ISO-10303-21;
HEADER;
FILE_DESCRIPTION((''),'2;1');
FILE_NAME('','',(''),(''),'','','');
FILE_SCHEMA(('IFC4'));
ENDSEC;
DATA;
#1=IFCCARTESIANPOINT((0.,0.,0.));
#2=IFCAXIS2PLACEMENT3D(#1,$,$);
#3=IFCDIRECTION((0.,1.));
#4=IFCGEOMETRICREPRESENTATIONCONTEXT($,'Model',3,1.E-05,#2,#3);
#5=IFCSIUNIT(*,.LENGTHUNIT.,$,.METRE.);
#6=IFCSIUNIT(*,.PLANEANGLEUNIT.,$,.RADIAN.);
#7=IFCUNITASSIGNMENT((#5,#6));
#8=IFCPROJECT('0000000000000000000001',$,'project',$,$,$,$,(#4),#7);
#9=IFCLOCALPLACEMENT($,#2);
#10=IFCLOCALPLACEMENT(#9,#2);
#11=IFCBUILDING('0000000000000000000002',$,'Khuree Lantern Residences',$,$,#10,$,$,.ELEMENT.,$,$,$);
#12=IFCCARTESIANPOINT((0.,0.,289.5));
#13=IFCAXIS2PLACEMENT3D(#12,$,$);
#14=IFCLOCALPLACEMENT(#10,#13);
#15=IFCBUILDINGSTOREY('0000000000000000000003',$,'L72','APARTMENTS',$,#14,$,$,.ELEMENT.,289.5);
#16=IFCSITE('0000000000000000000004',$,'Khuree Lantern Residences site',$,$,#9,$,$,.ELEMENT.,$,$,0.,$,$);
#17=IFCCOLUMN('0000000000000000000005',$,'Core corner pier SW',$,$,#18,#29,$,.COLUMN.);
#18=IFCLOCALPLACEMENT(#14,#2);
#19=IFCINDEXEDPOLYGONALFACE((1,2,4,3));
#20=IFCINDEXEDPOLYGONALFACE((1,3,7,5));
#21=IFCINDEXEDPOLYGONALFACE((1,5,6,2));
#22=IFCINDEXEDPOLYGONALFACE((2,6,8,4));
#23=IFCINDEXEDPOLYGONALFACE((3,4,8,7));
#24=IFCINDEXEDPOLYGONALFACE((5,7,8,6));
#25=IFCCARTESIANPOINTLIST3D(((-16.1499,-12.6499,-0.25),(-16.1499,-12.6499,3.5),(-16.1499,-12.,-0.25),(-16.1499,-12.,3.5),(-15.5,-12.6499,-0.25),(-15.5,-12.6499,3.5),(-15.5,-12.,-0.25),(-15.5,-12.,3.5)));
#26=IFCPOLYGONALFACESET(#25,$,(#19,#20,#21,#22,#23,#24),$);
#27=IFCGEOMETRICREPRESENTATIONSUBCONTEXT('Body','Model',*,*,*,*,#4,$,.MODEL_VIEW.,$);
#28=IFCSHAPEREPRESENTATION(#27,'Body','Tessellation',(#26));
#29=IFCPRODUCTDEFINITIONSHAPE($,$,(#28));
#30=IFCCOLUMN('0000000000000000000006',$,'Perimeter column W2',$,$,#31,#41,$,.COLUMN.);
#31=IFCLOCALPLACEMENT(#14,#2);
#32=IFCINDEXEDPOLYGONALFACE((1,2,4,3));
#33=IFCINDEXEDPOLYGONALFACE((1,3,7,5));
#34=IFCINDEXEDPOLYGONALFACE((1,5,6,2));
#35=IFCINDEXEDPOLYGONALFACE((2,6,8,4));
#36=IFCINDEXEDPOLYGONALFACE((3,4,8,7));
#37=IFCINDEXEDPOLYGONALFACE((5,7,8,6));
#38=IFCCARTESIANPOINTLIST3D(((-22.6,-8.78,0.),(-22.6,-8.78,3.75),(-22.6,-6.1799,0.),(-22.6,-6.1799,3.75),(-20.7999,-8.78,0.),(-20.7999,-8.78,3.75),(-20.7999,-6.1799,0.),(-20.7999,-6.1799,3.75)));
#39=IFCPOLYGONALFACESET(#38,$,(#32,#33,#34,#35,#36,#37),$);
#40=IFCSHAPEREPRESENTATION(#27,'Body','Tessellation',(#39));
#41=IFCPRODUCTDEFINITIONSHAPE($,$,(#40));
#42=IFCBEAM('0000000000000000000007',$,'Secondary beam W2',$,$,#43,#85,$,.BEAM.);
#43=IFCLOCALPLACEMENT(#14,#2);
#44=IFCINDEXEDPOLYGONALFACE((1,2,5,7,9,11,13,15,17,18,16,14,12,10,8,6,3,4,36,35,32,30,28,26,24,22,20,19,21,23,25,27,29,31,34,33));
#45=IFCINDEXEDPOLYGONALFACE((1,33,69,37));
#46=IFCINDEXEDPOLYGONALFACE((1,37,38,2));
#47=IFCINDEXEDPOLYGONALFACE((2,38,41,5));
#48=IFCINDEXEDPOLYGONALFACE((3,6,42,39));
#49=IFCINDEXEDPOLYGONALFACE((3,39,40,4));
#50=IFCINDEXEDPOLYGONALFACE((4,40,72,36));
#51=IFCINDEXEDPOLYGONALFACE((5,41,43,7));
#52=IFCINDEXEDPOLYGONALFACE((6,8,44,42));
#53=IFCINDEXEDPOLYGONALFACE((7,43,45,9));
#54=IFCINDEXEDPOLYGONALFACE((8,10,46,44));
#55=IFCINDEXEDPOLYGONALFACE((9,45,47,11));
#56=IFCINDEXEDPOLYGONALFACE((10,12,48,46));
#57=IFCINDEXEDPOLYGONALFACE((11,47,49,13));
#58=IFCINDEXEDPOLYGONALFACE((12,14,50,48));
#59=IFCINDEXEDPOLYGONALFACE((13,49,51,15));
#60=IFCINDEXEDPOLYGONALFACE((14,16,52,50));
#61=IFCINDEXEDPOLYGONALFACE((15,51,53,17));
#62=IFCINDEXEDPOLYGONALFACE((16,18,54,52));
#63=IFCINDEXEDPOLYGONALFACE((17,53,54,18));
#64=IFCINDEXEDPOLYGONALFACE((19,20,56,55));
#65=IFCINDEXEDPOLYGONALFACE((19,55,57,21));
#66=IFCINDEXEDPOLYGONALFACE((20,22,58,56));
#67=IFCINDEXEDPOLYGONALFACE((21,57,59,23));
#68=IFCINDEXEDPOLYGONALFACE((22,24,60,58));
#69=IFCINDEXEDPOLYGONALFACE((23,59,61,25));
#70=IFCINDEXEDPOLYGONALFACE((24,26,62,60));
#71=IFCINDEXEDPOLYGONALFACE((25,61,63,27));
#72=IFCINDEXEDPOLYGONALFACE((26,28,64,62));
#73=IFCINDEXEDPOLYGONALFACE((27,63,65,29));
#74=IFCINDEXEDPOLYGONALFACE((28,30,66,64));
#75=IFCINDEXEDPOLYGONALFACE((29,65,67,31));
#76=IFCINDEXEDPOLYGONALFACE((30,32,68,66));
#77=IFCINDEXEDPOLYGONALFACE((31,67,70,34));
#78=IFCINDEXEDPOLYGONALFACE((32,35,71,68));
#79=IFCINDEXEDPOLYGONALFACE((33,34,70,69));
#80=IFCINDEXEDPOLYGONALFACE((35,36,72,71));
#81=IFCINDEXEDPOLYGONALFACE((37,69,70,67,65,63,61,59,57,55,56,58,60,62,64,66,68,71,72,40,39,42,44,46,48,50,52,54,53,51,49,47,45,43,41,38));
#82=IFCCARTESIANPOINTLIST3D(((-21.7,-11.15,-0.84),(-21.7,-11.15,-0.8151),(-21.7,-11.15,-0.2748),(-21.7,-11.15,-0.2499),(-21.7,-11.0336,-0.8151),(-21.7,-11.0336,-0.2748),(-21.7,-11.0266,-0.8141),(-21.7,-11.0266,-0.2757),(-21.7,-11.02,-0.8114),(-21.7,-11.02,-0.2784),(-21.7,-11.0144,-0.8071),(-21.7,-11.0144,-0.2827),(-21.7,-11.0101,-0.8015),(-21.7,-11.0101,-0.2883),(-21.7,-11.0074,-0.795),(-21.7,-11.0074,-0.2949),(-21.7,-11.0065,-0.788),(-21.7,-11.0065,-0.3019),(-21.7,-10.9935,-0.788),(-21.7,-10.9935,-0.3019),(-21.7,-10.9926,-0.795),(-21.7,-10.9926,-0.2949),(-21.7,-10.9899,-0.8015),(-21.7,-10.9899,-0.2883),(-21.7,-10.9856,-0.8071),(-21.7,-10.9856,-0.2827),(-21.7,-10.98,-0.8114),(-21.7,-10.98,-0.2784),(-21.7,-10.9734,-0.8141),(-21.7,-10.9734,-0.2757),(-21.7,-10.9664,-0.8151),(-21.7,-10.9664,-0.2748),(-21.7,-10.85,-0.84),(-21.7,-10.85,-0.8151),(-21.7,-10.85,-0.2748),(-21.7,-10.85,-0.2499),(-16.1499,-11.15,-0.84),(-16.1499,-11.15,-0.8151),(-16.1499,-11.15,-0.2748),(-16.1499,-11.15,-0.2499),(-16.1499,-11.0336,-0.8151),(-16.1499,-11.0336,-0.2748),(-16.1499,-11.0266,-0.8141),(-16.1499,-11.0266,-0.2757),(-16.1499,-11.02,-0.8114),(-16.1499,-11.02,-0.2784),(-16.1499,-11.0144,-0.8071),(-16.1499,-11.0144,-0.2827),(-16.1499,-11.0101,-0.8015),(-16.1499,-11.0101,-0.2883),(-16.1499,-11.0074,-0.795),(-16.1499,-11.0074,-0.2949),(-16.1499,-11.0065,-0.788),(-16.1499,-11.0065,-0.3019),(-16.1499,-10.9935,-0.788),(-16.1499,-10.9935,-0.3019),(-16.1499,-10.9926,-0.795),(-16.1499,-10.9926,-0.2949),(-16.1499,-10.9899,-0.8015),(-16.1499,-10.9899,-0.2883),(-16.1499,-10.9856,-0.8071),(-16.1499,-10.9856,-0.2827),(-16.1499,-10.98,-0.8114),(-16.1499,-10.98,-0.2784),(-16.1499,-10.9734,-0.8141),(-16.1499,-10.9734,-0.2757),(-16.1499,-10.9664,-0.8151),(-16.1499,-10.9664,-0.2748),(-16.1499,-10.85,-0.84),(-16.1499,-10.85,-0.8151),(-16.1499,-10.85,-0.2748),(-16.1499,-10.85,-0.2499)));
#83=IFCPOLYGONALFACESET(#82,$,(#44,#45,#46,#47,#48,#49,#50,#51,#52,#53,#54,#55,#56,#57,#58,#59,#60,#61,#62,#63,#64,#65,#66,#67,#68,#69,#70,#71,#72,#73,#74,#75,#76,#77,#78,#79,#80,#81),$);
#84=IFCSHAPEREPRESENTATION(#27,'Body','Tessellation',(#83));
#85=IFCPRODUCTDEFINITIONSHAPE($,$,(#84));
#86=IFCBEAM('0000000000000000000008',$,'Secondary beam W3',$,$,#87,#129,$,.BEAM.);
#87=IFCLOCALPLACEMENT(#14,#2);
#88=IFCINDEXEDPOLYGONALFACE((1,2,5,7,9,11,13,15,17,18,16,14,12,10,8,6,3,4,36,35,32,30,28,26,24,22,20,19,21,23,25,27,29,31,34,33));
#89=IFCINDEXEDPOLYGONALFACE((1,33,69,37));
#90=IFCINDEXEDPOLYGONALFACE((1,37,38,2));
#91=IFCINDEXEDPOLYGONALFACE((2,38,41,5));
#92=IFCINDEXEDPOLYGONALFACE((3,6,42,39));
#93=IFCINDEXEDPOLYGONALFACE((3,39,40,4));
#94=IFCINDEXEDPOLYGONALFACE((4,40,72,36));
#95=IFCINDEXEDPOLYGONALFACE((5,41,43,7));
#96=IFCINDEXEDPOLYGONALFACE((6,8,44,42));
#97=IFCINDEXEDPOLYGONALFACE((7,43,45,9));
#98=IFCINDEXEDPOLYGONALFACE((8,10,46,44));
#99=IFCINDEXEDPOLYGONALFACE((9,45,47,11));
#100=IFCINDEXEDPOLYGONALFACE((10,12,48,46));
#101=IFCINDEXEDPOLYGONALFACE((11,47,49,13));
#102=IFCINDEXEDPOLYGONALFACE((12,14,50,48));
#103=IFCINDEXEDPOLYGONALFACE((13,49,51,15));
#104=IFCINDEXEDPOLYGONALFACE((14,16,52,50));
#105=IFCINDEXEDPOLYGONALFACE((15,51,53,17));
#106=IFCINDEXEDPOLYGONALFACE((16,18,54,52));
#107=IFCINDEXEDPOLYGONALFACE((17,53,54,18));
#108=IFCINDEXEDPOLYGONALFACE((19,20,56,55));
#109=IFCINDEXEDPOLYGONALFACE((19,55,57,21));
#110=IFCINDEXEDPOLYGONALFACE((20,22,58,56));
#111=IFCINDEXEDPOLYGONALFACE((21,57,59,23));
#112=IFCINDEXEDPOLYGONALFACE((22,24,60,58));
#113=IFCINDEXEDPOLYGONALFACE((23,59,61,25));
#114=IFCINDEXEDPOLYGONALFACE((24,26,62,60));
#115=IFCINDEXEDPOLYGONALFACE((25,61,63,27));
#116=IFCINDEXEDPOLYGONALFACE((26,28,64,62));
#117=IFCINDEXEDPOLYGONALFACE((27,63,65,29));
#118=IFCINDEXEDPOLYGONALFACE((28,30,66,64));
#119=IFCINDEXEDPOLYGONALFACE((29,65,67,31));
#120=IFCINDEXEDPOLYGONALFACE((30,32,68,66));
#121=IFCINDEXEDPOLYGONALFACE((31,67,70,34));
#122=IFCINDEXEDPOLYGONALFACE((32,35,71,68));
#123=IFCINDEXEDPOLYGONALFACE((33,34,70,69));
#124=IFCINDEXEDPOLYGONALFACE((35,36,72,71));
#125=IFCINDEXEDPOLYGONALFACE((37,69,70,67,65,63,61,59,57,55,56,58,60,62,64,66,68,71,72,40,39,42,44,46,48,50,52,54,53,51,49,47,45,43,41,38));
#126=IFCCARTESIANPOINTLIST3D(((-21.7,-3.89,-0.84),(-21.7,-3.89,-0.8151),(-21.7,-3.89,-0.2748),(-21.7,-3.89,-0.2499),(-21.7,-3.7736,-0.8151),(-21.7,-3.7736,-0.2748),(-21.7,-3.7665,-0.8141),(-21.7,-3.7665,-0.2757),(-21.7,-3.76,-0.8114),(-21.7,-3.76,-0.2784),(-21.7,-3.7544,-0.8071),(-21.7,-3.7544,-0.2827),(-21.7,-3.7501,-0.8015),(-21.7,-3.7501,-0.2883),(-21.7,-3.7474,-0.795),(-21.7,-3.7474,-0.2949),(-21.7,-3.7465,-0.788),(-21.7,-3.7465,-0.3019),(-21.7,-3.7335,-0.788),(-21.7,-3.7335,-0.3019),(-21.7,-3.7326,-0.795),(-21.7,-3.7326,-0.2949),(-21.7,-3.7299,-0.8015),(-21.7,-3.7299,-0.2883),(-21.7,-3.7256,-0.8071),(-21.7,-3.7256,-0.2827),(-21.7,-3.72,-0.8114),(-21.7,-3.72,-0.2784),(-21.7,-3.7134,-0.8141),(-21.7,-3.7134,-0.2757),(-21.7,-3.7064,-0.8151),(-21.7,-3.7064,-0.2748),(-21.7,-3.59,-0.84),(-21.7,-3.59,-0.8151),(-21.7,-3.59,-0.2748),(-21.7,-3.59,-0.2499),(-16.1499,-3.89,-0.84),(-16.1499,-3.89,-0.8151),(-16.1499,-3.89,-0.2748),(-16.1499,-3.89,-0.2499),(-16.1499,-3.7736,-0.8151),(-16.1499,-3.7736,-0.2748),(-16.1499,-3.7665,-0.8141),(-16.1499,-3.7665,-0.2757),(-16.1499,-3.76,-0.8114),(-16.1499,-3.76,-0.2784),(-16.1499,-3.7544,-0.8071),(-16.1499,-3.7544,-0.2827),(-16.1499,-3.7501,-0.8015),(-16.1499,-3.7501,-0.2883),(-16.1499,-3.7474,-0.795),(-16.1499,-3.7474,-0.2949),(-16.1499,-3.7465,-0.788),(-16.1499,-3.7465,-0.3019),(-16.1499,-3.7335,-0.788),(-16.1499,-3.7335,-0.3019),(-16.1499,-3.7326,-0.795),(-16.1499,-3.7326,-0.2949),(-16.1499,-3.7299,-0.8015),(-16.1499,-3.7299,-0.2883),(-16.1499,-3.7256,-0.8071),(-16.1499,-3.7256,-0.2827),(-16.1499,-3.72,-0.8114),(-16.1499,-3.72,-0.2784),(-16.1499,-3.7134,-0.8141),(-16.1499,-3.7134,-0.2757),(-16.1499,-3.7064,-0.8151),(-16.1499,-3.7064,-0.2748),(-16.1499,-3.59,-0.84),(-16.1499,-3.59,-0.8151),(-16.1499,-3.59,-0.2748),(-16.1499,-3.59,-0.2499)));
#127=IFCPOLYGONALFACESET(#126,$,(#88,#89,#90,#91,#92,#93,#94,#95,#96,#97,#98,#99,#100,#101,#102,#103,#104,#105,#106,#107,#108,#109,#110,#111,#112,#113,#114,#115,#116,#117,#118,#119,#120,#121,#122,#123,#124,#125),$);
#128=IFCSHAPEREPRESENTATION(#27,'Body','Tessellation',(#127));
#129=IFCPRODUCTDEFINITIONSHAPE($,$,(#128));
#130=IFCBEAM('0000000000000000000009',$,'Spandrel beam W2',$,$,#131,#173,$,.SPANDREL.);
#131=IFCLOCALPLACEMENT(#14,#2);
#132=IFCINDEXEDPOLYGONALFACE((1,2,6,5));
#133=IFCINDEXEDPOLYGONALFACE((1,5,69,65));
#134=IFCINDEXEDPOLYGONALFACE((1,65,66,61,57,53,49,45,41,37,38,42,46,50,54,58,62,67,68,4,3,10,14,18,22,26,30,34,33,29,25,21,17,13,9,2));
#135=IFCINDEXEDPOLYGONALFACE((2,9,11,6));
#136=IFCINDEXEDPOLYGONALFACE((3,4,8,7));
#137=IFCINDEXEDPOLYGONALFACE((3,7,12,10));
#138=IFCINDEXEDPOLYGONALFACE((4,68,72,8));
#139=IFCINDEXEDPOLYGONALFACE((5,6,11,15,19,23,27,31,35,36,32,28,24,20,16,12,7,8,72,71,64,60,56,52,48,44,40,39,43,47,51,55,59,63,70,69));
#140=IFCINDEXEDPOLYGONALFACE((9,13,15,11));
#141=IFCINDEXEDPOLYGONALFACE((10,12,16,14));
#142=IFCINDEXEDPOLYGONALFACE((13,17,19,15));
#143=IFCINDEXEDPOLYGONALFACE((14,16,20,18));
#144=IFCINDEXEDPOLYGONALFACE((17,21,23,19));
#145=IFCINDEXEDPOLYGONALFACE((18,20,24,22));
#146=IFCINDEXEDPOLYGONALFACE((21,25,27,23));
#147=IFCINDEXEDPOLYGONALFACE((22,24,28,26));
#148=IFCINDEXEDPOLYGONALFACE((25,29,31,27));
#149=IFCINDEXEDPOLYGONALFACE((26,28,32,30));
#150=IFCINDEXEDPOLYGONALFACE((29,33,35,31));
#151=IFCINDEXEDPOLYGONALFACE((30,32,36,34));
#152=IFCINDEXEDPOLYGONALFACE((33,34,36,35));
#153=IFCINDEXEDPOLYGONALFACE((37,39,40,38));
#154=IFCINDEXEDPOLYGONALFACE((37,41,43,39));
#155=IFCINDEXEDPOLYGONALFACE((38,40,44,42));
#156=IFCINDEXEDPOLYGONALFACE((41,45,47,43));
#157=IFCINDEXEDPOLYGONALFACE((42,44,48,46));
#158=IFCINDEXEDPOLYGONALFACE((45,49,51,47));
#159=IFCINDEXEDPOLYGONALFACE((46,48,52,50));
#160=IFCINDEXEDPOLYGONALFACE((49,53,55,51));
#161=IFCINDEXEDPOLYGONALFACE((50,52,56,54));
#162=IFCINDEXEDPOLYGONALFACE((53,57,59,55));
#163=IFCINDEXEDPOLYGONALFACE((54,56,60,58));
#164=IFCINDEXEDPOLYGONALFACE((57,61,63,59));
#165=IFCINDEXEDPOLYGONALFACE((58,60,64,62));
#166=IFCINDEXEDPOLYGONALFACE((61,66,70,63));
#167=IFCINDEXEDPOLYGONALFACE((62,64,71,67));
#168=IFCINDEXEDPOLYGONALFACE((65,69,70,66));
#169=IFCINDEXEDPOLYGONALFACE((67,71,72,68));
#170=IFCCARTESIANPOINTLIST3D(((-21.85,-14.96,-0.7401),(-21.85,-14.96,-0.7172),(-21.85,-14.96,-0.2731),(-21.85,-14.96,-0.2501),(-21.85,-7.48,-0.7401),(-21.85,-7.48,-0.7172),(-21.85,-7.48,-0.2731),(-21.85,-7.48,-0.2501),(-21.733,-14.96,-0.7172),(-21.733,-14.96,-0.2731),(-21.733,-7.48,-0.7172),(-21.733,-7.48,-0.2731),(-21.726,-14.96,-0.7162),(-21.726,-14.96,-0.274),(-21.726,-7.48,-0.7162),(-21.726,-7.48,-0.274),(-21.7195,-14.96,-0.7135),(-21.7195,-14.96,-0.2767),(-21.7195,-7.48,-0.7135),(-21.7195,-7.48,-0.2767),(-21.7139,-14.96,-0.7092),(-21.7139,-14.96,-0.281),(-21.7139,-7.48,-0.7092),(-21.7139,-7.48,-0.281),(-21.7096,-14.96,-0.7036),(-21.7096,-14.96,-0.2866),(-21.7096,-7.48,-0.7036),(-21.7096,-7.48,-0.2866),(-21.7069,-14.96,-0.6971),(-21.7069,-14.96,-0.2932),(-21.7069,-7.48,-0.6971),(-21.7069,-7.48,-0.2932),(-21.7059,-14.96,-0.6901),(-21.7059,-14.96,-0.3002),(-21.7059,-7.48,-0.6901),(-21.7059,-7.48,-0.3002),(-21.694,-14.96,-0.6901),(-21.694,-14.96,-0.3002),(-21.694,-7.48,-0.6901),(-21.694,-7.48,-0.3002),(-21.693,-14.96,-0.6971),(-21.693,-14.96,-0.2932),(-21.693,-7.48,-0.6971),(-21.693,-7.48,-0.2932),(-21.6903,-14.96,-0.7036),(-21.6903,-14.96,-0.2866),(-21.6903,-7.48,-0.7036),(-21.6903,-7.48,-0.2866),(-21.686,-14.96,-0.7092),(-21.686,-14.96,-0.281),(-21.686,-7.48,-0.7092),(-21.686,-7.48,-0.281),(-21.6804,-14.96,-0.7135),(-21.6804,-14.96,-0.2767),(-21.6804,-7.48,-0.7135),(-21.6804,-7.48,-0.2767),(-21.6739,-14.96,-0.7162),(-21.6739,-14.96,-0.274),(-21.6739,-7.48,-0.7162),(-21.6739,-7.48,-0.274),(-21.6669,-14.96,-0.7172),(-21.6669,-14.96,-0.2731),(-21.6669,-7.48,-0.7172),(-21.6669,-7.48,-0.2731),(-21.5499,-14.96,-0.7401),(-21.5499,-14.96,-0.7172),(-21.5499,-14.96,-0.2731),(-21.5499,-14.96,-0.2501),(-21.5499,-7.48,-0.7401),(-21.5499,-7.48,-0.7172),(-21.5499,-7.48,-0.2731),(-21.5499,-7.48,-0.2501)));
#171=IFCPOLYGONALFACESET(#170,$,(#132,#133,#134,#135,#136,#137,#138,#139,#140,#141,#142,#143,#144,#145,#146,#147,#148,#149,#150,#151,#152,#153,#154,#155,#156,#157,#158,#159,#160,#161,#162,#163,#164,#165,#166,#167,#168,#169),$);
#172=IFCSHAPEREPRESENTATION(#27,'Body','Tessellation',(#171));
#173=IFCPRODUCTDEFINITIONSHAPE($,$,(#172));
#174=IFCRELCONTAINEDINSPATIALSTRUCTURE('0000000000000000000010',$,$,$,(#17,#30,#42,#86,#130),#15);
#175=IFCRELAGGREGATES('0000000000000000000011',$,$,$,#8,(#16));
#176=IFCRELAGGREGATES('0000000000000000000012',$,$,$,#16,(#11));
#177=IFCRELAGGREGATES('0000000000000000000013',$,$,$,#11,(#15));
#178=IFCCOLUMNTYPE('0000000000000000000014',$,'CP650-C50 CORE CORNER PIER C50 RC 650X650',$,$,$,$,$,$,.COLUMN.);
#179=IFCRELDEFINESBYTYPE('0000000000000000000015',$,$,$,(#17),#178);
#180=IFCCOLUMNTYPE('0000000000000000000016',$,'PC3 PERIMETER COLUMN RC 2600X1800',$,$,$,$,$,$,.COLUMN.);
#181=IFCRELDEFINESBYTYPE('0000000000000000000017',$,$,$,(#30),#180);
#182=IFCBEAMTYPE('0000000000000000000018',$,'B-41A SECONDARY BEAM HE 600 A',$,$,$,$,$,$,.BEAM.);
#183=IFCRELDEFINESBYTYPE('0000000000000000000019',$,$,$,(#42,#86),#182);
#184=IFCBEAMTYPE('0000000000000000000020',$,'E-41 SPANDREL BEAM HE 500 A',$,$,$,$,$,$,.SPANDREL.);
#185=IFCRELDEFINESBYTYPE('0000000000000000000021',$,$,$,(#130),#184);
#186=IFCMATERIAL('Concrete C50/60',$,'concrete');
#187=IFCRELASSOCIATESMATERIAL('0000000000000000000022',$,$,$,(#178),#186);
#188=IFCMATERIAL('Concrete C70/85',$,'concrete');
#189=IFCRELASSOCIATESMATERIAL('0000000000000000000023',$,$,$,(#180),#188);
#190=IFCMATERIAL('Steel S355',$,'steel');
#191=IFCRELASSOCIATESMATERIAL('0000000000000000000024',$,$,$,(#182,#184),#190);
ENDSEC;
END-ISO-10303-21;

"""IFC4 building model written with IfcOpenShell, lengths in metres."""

from ifc_helpers import new_model, si_unit, direction, frame, origin, origin_2d, place, context, subcontext, project, spatial, rectangle, i_section, extrude, material, material_profile, profile_set, type_object, element, save


model = new_model("IFC4")

# Units and contexts
model_context = context("Model", 3, precision=1e-05, world=origin(), true_north=direction((0.0, 1.0)))
body_context = subcontext(model_context, "Body", "Model", "MODEL_VIEW")
ifc_project = project(units=[si_unit("LENGTHUNIT", "METRE"), si_unit("PLANEANGLEUNIT", "RADIAN")], contexts=[model_context])

# Site, building, storey
site_placement = place(None, origin())
site = spatial("IfcSite", under=ifc_project, at=site_placement, Name="Khuree Lantern Residences site", CompositionType="ELEMENT", RefElevation=0.0)
building_placement = place(site_placement, origin())
building = spatial("IfcBuilding", under=site, at=building_placement, Name="Khuree Lantern Residences", CompositionType="ELEMENT")
storey_placement = place(building_placement, frame((0.0, 0.0, 289.5)))
storey = spatial("IfcBuildingStorey", under=building, at=storey_placement, Name="L72", Description="APARTMENTS", CompositionType="ELEMENT", Elevation=289.5)

# Columns
ifc_material_1 = material(Name="Concrete C50/60", Category="concrete")
ifc_material_profile_1 = material_profile(ifc_material_1, rectangle(XDim=0.6499, YDim=0.6499, at=origin_2d()), Name="RC 650X650")
ifc_profile_set_1 = profile_set([ifc_material_profile_1], Name="Concrete C50/60")
column_type_1 = type_object("IfcColumnType", Name="CP650-C50 CORE CORNER PIER C50 RC 650X650", PredefinedType="COLUMN", material=ifc_profile_set_1)
column_1_placement = place(storey_placement, frame((-15.825, -12.325, -0.25), z_axis=(0.0, 0.0, 1.0), x_axis=(1.0, 0.0, 0.0)))
element("IfcColumn", 1, at=column_1_placement, inside=storey, type_object=column_type_1, Name="Core corner pier SW", PredefinedType="COLUMN", context=body_context, shape_type="SweptSolid", body=[
    extrude(rectangle(XDim=0.6499, YDim=0.6499, at=origin_2d()), origin(), (0.0, 0.0, 1.0), 3.75),
])
ifc_material_2 = material(Name="Concrete C70/85", Category="concrete")
ifc_material_profile_2 = material_profile(ifc_material_2, rectangle(XDim=2.6001, YDim=1.8, at=origin_2d()), Name="RC 2600X1800")
ifc_profile_set_2 = profile_set([ifc_material_profile_2], Name="Concrete C70/85")
column_type_2 = type_object("IfcColumnType", Name="PC3 PERIMETER COLUMN RC 2600X1800", PredefinedType="COLUMN", material=ifc_profile_set_2)
column_2_placement = place(storey_placement, frame((-21.7, -7.48, 0.0), z_axis=(0.0, 0.0, 1.0), x_axis=(0.0, 1.0, 0.0)))
element("IfcColumn", 2, at=column_2_placement, inside=storey, type_object=column_type_2, Name="Perimeter column W2", PredefinedType="COLUMN", context=body_context, shape_type="SweptSolid", body=[
    extrude(rectangle(XDim=2.6001, YDim=1.8, at=origin_2d()), origin(), (0.0, 0.0, 1.0), 3.75),
])

# Beams
ifc_material_3 = material(Name="Steel S355", Category="steel")
ifc_material_profile_3 = material_profile(ifc_material_3, i_section(OverallWidth=0.3, OverallDepth=0.5901, WebThickness=0.0129, FlangeThickness=0.0249, FilletRadius=0.0271, at=origin_2d()), Name="HE 600 A")
ifc_profile_set_3 = profile_set([ifc_material_profile_3], Name="Steel S355")
beam_type_1 = type_object("IfcBeamType", Name="B-41A SECONDARY BEAM HE 600 A", PredefinedType="BEAM", material=ifc_profile_set_3)
for number, where, z_axis, x_axis, name in (
    (3, (-21.7, -11.0, -0.5449), (1.0, 0.0, 0.0), (0.0, 1.0, 0.0), "Secondary beam W2"),
    (4, (-21.7, -3.74, -0.5449), (1.0, 0.0, 0.0), (0.0, 1.0, 0.0), "Secondary beam W3"),
):
    element("IfcBeam", number, at=place(storey_placement, frame(where, z_axis=z_axis, x_axis=x_axis)), inside=storey, type_object=beam_type_1, Name=name, PredefinedType="BEAM", context=body_context, shape_type="SweptSolid", body=[
        extrude(i_section(OverallWidth=0.3, OverallDepth=0.5901, WebThickness=0.0129, FlangeThickness=0.0249, FilletRadius=0.0271, at=origin_2d()), origin(), (0.0, 0.0, 1.0), 5.55),
    ])
ifc_material_profile_4 = material_profile(ifc_material_3, i_section(OverallWidth=0.3, OverallDepth=0.49, WebThickness=0.012, FlangeThickness=0.0229, FilletRadius=0.0271, at=origin_2d()), Name="HE 500 A")
ifc_profile_set_4 = profile_set([ifc_material_profile_4], Name="Steel S355")
beam_type_2 = type_object("IfcBeamType", Name="E-41 SPANDREL BEAM HE 500 A", PredefinedType="SPANDREL", material=ifc_profile_set_4)
for number, where, z_axis, x_axis, name in (
    (5, (-21.7, -14.96, -0.4951), (0.0, 1.0, 0.0), (-1.0, 0.0, 0.0), "Spandrel beam W2"),
):
    element("IfcBeam", number, at=place(storey_placement, frame(where, z_axis=z_axis, x_axis=x_axis)), inside=storey, type_object=beam_type_2, Name=name, PredefinedType="SPANDREL", context=body_context, shape_type="SweptSolid", body=[
        extrude(i_section(OverallWidth=0.3, OverallDepth=0.49, WebThickness=0.012, FlangeThickness=0.0229, FilletRadius=0.0271, at=origin_2d()), origin(), (0.0, 0.0, 1.0), 7.48),
    ])

save(model, "model.ifc")
